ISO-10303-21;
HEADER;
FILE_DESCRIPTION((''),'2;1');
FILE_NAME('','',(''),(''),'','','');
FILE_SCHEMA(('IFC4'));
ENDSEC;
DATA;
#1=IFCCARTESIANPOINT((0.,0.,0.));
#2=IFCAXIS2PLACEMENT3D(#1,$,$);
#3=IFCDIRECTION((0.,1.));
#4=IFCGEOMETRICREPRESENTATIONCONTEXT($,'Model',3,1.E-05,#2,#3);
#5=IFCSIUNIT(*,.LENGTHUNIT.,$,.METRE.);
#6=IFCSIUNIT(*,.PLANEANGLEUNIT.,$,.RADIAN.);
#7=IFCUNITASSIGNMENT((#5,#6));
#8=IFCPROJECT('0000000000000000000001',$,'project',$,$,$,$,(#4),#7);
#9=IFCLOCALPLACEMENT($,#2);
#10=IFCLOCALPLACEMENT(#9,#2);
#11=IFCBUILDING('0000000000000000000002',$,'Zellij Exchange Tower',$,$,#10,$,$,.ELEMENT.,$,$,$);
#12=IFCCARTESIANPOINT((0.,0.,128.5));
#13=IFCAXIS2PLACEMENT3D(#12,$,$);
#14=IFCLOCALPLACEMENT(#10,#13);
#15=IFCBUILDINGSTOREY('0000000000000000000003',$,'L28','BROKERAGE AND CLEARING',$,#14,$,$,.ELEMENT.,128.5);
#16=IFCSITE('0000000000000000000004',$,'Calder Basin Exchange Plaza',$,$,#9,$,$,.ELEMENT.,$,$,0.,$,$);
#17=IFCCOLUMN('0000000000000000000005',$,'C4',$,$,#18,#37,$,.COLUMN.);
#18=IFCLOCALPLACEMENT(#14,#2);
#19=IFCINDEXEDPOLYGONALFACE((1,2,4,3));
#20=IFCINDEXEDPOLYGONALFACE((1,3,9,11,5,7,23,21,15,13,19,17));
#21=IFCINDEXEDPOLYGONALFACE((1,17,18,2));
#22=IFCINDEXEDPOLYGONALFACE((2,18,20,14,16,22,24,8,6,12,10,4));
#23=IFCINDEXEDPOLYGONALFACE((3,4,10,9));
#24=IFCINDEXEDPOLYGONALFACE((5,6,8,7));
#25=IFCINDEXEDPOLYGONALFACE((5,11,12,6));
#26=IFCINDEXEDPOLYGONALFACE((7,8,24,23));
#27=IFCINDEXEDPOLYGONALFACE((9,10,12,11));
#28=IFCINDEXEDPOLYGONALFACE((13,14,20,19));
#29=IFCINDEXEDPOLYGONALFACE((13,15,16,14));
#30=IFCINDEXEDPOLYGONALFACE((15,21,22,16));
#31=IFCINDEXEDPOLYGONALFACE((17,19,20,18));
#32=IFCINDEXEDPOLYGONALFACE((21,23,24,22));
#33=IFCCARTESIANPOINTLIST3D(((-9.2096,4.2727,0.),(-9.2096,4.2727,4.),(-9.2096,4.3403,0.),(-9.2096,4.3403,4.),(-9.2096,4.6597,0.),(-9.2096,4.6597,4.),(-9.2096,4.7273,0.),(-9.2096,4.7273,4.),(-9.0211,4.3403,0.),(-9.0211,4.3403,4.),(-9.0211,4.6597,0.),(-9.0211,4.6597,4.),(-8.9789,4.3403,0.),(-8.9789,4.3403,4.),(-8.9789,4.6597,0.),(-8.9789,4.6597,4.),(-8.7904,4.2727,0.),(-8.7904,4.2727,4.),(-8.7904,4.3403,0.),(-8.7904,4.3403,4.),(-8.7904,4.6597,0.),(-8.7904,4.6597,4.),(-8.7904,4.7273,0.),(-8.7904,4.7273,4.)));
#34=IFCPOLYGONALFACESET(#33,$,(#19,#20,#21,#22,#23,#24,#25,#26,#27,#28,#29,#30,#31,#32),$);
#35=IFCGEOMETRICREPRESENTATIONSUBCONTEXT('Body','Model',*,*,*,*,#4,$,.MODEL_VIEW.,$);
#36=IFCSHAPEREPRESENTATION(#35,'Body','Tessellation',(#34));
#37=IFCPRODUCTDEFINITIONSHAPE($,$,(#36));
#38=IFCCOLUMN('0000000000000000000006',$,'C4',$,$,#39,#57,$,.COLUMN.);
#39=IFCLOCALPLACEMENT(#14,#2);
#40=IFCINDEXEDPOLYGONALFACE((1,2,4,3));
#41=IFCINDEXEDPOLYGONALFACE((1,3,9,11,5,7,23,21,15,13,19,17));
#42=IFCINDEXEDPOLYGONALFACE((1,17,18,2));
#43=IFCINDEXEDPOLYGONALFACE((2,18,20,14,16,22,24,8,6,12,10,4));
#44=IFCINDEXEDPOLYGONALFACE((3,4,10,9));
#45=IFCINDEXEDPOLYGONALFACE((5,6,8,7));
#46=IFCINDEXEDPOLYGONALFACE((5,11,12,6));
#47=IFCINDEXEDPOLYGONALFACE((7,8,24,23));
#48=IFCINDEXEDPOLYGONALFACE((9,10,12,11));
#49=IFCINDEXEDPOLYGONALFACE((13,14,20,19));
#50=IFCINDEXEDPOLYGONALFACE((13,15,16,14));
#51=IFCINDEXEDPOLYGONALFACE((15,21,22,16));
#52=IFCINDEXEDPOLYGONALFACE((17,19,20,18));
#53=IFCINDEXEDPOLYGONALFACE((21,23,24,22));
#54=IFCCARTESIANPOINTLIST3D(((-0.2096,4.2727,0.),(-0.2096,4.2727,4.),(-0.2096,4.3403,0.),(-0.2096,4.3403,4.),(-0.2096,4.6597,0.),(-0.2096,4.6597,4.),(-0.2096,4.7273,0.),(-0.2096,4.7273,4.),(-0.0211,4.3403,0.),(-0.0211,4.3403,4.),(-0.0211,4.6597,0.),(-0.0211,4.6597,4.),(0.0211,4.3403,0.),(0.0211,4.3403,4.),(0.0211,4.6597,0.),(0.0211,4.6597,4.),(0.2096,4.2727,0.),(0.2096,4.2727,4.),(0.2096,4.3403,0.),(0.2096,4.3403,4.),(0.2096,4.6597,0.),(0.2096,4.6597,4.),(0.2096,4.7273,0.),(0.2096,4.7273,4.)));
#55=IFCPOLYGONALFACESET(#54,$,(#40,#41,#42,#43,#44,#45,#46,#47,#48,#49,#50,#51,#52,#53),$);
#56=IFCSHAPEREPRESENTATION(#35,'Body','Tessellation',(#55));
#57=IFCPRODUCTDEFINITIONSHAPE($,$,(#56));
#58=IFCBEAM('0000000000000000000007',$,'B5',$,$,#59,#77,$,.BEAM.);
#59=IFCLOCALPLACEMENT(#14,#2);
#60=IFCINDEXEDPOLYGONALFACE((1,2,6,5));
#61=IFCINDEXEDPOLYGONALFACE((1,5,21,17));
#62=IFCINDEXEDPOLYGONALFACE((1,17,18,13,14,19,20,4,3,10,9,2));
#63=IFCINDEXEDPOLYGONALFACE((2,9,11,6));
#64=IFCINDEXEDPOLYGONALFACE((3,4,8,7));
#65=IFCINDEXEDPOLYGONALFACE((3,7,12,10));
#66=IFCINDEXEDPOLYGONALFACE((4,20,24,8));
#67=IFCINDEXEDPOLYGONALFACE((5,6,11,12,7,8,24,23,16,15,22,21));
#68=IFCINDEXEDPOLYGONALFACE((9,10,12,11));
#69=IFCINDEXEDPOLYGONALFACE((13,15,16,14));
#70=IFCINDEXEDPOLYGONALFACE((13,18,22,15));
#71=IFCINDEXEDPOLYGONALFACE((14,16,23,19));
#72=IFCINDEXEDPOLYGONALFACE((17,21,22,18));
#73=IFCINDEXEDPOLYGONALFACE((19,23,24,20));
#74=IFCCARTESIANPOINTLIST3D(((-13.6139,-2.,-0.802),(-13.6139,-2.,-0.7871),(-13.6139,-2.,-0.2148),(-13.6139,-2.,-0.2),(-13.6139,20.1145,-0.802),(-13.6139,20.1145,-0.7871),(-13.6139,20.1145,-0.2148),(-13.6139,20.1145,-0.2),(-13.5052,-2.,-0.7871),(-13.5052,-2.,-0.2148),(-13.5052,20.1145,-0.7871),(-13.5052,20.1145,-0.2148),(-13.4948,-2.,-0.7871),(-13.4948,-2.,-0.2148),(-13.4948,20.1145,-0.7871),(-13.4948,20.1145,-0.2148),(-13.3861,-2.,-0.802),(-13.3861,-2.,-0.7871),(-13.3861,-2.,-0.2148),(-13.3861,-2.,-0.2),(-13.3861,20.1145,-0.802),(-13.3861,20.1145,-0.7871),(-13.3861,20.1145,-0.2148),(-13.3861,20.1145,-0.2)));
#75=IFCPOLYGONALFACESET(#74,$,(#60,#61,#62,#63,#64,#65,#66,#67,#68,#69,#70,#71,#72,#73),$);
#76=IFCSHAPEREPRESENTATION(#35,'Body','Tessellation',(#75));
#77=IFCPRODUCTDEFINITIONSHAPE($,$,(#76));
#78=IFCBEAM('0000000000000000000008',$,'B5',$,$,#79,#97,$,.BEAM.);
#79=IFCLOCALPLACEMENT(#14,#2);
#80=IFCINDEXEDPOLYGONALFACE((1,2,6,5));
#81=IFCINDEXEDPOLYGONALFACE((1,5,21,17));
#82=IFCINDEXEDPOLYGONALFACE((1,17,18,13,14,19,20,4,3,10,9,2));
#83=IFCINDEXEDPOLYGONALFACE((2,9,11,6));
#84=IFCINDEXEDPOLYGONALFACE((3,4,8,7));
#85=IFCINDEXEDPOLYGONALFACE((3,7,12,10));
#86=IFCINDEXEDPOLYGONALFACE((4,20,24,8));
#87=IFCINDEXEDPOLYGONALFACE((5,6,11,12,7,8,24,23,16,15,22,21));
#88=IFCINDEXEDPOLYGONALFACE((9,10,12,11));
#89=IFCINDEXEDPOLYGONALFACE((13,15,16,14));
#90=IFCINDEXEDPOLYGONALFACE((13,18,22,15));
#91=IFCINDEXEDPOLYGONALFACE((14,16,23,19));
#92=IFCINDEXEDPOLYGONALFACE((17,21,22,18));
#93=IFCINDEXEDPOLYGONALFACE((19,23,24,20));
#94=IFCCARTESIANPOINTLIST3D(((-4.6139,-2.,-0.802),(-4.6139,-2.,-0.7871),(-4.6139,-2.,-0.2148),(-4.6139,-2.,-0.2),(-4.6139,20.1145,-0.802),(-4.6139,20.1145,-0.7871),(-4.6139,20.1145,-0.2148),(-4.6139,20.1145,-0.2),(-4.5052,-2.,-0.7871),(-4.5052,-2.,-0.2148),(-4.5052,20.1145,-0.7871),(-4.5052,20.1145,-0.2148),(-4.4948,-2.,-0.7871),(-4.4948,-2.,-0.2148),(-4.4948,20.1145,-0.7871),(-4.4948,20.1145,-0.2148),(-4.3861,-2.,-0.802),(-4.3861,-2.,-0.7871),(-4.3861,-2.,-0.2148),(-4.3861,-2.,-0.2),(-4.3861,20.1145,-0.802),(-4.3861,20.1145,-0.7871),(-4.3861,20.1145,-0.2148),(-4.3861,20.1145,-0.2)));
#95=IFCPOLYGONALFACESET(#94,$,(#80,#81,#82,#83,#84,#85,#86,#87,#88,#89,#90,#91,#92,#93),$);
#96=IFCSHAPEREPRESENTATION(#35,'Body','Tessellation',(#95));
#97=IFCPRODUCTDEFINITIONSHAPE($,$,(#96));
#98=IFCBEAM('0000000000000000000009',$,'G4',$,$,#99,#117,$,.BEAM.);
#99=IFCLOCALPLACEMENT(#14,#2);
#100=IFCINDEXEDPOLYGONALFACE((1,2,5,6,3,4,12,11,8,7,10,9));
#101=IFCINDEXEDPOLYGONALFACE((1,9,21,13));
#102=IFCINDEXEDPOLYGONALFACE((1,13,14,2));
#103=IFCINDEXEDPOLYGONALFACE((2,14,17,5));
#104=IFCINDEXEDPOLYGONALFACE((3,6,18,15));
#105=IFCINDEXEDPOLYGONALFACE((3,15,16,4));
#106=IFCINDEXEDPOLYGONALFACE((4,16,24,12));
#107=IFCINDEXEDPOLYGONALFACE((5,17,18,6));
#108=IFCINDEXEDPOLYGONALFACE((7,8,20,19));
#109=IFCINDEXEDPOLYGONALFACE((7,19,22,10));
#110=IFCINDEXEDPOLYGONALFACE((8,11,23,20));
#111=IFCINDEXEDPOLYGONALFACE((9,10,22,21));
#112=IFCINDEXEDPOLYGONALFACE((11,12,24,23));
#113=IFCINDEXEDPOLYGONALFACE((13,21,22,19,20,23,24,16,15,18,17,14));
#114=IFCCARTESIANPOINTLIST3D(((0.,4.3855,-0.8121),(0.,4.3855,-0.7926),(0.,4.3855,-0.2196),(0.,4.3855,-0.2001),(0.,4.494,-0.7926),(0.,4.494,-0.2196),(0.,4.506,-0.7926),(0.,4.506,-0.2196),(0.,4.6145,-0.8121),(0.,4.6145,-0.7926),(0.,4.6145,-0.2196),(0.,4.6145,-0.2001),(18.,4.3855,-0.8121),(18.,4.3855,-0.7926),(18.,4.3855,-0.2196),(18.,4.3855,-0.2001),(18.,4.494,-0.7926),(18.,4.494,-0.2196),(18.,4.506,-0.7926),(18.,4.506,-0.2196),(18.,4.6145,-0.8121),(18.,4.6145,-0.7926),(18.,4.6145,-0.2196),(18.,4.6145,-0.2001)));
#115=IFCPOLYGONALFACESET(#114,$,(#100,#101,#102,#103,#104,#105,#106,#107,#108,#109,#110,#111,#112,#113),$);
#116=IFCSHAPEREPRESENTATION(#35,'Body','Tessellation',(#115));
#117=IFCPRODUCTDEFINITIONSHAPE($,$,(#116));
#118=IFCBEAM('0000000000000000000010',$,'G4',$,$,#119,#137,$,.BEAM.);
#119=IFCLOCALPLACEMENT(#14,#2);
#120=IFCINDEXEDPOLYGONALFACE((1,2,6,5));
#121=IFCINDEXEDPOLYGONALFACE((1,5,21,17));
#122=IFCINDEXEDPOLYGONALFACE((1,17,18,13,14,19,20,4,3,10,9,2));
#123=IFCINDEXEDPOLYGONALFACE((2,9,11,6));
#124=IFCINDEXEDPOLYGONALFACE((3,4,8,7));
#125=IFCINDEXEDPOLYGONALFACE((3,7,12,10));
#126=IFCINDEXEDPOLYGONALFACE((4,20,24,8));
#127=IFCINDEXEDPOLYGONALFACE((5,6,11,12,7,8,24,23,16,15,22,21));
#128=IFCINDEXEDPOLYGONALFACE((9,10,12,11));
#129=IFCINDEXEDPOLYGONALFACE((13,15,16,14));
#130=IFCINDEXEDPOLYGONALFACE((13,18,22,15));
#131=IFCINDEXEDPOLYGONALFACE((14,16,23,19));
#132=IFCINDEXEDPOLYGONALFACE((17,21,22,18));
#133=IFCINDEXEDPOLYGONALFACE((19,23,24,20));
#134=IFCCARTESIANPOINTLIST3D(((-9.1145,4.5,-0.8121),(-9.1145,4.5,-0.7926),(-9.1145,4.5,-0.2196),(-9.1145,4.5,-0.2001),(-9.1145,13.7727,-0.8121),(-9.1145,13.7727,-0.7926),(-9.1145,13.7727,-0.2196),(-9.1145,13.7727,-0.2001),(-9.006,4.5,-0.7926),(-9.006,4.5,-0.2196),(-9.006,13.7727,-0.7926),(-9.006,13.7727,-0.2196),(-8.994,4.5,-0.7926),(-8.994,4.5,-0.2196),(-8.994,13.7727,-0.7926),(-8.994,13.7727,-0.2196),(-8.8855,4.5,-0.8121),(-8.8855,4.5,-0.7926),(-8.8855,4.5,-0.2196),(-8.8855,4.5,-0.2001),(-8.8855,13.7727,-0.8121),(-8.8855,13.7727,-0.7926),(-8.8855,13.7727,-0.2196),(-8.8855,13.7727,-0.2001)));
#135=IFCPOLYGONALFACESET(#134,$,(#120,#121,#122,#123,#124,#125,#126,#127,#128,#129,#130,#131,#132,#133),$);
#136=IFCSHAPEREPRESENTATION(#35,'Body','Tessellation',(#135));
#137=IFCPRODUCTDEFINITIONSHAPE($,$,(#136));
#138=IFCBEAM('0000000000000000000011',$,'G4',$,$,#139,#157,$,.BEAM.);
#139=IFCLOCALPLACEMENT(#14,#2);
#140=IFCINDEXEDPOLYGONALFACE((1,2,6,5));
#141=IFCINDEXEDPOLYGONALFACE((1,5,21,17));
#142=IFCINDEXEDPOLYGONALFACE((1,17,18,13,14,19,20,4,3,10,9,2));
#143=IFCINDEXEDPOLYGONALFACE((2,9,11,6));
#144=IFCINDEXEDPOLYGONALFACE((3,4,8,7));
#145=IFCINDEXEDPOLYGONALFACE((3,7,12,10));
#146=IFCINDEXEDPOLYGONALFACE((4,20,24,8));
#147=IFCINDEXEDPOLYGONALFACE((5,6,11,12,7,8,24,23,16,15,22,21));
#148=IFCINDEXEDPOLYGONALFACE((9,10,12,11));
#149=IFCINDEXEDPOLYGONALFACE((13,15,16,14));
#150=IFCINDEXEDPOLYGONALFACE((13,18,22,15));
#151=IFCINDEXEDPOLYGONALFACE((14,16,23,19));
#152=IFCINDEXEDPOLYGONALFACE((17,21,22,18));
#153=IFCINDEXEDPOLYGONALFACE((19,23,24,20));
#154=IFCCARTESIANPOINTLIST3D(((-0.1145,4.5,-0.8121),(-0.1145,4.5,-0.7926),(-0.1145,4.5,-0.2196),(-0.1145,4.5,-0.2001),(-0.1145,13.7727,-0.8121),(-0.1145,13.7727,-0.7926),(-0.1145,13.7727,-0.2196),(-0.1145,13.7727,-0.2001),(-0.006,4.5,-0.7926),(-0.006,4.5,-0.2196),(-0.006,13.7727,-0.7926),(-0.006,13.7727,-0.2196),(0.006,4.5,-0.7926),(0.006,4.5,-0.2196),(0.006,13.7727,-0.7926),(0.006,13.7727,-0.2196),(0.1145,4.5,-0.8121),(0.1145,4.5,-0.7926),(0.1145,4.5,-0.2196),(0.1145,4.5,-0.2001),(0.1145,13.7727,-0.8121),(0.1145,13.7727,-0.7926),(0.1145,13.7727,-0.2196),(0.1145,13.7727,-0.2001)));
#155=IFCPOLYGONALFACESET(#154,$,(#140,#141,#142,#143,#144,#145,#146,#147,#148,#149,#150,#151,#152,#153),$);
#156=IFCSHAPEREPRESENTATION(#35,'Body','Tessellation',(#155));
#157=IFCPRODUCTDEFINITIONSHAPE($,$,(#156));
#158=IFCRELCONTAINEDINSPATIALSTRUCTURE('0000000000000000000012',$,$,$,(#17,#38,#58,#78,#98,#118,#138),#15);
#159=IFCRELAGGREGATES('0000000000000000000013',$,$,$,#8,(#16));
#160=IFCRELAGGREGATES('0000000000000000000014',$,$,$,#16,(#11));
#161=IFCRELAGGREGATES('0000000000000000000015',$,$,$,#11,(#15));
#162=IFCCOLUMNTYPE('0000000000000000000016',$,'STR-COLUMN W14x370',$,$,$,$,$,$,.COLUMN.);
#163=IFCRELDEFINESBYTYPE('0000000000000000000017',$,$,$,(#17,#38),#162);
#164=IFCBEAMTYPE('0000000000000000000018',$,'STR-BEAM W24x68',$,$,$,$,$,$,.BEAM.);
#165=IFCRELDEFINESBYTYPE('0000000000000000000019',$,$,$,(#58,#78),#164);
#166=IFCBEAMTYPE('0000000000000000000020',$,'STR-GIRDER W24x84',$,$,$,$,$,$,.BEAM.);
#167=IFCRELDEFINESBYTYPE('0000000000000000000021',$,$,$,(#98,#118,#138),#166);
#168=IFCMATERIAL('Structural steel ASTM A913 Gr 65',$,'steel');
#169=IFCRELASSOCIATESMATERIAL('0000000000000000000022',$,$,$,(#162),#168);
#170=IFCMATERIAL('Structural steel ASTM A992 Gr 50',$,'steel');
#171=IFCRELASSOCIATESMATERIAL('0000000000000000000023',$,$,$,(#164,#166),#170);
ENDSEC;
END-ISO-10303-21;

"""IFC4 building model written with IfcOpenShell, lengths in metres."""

from ifc_helpers import new_model, si_unit, direction, frame, origin, origin_2d, place, context, subcontext, project, spatial, i_section, extrude, material, material_profile, profile_set, type_object, element, save


model = new_model("IFC4")

# Units and contexts
model_context = context("Model", 3, precision=1e-05, world=origin(), true_north=direction((0.0, 1.0)))
body_context = subcontext(model_context, "Body", "Model", "MODEL_VIEW")
ifc_project = project(units=[si_unit("LENGTHUNIT", "METRE"), si_unit("PLANEANGLEUNIT", "RADIAN")], contexts=[model_context])

# Site, building, storey
site_placement = place(None, origin())
site = spatial("IfcSite", under=ifc_project, at=site_placement, Name="Calder Basin Exchange Plaza", CompositionType="ELEMENT", RefElevation=0.0)
building_placement = place(site_placement, origin())
building = spatial("IfcBuilding", under=site, at=building_placement, Name="Zellij Exchange Tower", CompositionType="ELEMENT")
storey_placement = place(building_placement, frame((0.0, 0.0, 128.5)))
storey = spatial("IfcBuildingStorey", under=building, at=storey_placement, Name="L28", Description="BROKERAGE AND CLEARING", CompositionType="ELEMENT", Elevation=128.5)

# Columns
ifc_material_1 = material(Name="Structural steel ASTM A913 Gr 65", Category="steel")
ifc_material_profile_1 = material_profile(ifc_material_1, i_section(OverallWidth=0.4192, OverallDepth=0.4546, WebThickness=0.0422, FlangeThickness=0.0676, at=origin_2d()), Name="W14x370")
ifc_profile_set_1 = profile_set([ifc_material_profile_1], Name="Structural steel ASTM A913 Gr 65")
column_type = type_object("IfcColumnType", Name="STR-COLUMN W14x370", PredefinedType="COLUMN", material=ifc_profile_set_1)
for number, where, z_axis, x_axis, name in (
    (1, (-9.0, 4.5, 0.0), (0.0, 0.0, 1.0), (1.0, 0.0, 0.0), "C4"),
    (2, (0.0, 4.5, 0.0), (0.0, 0.0, 1.0), (1.0, 0.0, 0.0), "C4"),
):
    element("IfcColumn", number, at=place(storey_placement, frame(where, z_axis=z_axis, x_axis=x_axis)), inside=storey, type_object=column_type, Name=name, PredefinedType="COLUMN", context=body_context, shape_type="SweptSolid", body=[
        extrude(i_section(OverallWidth=0.4192, OverallDepth=0.4546, WebThickness=0.0422, FlangeThickness=0.0676, at=origin_2d()), origin(), (0.0, 0.0, 1.0), 4.0),
    ])

# Beams
ifc_material_2 = material(Name="Structural steel ASTM A992 Gr 50", Category="steel")
ifc_material_profile_2 = material_profile(ifc_material_2, i_section(OverallWidth=0.2278, OverallDepth=0.6021, WebThickness=0.0105, FlangeThickness=0.0149, at=origin_2d()), Name="W24x68")
ifc_profile_set_2 = profile_set([ifc_material_profile_2], Name="Structural steel ASTM A992 Gr 50")
beam_type_1 = type_object("IfcBeamType", Name="STR-BEAM W24x68", PredefinedType="BEAM", material=ifc_profile_set_2)
for number, where, z_axis, x_axis, name in (
    (3, (-13.5, -2.0, -0.501), (0.0, 1.0, 0.0), (-1.0, 0.0, 0.0), "B5"),
    (4, (-4.5, -2.0, -0.501), (0.0, 1.0, 0.0), (-1.0, 0.0, 0.0), "B5"),
):
    element("IfcBeam", number, at=place(storey_placement, frame(where, z_axis=z_axis, x_axis=x_axis)), inside=storey, type_object=beam_type_1, Name=name, PredefinedType="BEAM", context=body_context, shape_type="SweptSolid", body=[
        extrude(i_section(OverallWidth=0.2278, OverallDepth=0.6021, WebThickness=0.0105, FlangeThickness=0.0149, at=origin_2d()), origin(), (0.0, 0.0, 1.0), 22.1145),
    ])
ifc_material_profile_3 = material_profile(ifc_material_2, i_section(OverallWidth=0.229, OverallDepth=0.6121, WebThickness=0.012, FlangeThickness=0.0195, at=origin_2d()), Name="W24x84")
ifc_profile_set_3 = profile_set([ifc_material_profile_3], Name="Structural steel ASTM A992 Gr 50")
beam_type_2 = type_object("IfcBeamType", Name="STR-GIRDER W24x84", PredefinedType="BEAM", material=ifc_profile_set_3)
beam_placement = place(storey_placement, frame((0.0, 4.5, -0.5061), z_axis=(1.0, 0.0, 0.0), x_axis=(0.0, 1.0, 0.0)))
element("IfcBeam", 5, at=beam_placement, inside=storey, type_object=beam_type_2, Name="G4", PredefinedType="BEAM", context=body_context, shape_type="SweptSolid", body=[
    extrude(i_section(OverallWidth=0.229, OverallDepth=0.6121, WebThickness=0.012, FlangeThickness=0.0195, at=origin_2d()), origin(), (0.0, 0.0, 1.0), 18.0),
])
for number, where, z_axis, x_axis, name in (
    (6, (-9.0, 4.5, -0.5061), (0.0, 1.0, 0.0), (-1.0, 0.0, 0.0), "G4"),
    (7, (0.0, 4.5, -0.5061), (0.0, 1.0, 0.0), (-1.0, 0.0, 0.0), "G4"),
):
    element("IfcBeam", number, at=place(storey_placement, frame(where, z_axis=z_axis, x_axis=x_axis)), inside=storey, type_object=beam_type_2, Name=name, PredefinedType="BEAM", context=body_context, shape_type="SweptSolid", body=[
        extrude(i_section(OverallWidth=0.229, OverallDepth=0.6121, WebThickness=0.012, FlangeThickness=0.0195, at=origin_2d()), origin(), (0.0, 0.0, 1.0), 9.2727),
    ])

save(model, "model.ifc")
